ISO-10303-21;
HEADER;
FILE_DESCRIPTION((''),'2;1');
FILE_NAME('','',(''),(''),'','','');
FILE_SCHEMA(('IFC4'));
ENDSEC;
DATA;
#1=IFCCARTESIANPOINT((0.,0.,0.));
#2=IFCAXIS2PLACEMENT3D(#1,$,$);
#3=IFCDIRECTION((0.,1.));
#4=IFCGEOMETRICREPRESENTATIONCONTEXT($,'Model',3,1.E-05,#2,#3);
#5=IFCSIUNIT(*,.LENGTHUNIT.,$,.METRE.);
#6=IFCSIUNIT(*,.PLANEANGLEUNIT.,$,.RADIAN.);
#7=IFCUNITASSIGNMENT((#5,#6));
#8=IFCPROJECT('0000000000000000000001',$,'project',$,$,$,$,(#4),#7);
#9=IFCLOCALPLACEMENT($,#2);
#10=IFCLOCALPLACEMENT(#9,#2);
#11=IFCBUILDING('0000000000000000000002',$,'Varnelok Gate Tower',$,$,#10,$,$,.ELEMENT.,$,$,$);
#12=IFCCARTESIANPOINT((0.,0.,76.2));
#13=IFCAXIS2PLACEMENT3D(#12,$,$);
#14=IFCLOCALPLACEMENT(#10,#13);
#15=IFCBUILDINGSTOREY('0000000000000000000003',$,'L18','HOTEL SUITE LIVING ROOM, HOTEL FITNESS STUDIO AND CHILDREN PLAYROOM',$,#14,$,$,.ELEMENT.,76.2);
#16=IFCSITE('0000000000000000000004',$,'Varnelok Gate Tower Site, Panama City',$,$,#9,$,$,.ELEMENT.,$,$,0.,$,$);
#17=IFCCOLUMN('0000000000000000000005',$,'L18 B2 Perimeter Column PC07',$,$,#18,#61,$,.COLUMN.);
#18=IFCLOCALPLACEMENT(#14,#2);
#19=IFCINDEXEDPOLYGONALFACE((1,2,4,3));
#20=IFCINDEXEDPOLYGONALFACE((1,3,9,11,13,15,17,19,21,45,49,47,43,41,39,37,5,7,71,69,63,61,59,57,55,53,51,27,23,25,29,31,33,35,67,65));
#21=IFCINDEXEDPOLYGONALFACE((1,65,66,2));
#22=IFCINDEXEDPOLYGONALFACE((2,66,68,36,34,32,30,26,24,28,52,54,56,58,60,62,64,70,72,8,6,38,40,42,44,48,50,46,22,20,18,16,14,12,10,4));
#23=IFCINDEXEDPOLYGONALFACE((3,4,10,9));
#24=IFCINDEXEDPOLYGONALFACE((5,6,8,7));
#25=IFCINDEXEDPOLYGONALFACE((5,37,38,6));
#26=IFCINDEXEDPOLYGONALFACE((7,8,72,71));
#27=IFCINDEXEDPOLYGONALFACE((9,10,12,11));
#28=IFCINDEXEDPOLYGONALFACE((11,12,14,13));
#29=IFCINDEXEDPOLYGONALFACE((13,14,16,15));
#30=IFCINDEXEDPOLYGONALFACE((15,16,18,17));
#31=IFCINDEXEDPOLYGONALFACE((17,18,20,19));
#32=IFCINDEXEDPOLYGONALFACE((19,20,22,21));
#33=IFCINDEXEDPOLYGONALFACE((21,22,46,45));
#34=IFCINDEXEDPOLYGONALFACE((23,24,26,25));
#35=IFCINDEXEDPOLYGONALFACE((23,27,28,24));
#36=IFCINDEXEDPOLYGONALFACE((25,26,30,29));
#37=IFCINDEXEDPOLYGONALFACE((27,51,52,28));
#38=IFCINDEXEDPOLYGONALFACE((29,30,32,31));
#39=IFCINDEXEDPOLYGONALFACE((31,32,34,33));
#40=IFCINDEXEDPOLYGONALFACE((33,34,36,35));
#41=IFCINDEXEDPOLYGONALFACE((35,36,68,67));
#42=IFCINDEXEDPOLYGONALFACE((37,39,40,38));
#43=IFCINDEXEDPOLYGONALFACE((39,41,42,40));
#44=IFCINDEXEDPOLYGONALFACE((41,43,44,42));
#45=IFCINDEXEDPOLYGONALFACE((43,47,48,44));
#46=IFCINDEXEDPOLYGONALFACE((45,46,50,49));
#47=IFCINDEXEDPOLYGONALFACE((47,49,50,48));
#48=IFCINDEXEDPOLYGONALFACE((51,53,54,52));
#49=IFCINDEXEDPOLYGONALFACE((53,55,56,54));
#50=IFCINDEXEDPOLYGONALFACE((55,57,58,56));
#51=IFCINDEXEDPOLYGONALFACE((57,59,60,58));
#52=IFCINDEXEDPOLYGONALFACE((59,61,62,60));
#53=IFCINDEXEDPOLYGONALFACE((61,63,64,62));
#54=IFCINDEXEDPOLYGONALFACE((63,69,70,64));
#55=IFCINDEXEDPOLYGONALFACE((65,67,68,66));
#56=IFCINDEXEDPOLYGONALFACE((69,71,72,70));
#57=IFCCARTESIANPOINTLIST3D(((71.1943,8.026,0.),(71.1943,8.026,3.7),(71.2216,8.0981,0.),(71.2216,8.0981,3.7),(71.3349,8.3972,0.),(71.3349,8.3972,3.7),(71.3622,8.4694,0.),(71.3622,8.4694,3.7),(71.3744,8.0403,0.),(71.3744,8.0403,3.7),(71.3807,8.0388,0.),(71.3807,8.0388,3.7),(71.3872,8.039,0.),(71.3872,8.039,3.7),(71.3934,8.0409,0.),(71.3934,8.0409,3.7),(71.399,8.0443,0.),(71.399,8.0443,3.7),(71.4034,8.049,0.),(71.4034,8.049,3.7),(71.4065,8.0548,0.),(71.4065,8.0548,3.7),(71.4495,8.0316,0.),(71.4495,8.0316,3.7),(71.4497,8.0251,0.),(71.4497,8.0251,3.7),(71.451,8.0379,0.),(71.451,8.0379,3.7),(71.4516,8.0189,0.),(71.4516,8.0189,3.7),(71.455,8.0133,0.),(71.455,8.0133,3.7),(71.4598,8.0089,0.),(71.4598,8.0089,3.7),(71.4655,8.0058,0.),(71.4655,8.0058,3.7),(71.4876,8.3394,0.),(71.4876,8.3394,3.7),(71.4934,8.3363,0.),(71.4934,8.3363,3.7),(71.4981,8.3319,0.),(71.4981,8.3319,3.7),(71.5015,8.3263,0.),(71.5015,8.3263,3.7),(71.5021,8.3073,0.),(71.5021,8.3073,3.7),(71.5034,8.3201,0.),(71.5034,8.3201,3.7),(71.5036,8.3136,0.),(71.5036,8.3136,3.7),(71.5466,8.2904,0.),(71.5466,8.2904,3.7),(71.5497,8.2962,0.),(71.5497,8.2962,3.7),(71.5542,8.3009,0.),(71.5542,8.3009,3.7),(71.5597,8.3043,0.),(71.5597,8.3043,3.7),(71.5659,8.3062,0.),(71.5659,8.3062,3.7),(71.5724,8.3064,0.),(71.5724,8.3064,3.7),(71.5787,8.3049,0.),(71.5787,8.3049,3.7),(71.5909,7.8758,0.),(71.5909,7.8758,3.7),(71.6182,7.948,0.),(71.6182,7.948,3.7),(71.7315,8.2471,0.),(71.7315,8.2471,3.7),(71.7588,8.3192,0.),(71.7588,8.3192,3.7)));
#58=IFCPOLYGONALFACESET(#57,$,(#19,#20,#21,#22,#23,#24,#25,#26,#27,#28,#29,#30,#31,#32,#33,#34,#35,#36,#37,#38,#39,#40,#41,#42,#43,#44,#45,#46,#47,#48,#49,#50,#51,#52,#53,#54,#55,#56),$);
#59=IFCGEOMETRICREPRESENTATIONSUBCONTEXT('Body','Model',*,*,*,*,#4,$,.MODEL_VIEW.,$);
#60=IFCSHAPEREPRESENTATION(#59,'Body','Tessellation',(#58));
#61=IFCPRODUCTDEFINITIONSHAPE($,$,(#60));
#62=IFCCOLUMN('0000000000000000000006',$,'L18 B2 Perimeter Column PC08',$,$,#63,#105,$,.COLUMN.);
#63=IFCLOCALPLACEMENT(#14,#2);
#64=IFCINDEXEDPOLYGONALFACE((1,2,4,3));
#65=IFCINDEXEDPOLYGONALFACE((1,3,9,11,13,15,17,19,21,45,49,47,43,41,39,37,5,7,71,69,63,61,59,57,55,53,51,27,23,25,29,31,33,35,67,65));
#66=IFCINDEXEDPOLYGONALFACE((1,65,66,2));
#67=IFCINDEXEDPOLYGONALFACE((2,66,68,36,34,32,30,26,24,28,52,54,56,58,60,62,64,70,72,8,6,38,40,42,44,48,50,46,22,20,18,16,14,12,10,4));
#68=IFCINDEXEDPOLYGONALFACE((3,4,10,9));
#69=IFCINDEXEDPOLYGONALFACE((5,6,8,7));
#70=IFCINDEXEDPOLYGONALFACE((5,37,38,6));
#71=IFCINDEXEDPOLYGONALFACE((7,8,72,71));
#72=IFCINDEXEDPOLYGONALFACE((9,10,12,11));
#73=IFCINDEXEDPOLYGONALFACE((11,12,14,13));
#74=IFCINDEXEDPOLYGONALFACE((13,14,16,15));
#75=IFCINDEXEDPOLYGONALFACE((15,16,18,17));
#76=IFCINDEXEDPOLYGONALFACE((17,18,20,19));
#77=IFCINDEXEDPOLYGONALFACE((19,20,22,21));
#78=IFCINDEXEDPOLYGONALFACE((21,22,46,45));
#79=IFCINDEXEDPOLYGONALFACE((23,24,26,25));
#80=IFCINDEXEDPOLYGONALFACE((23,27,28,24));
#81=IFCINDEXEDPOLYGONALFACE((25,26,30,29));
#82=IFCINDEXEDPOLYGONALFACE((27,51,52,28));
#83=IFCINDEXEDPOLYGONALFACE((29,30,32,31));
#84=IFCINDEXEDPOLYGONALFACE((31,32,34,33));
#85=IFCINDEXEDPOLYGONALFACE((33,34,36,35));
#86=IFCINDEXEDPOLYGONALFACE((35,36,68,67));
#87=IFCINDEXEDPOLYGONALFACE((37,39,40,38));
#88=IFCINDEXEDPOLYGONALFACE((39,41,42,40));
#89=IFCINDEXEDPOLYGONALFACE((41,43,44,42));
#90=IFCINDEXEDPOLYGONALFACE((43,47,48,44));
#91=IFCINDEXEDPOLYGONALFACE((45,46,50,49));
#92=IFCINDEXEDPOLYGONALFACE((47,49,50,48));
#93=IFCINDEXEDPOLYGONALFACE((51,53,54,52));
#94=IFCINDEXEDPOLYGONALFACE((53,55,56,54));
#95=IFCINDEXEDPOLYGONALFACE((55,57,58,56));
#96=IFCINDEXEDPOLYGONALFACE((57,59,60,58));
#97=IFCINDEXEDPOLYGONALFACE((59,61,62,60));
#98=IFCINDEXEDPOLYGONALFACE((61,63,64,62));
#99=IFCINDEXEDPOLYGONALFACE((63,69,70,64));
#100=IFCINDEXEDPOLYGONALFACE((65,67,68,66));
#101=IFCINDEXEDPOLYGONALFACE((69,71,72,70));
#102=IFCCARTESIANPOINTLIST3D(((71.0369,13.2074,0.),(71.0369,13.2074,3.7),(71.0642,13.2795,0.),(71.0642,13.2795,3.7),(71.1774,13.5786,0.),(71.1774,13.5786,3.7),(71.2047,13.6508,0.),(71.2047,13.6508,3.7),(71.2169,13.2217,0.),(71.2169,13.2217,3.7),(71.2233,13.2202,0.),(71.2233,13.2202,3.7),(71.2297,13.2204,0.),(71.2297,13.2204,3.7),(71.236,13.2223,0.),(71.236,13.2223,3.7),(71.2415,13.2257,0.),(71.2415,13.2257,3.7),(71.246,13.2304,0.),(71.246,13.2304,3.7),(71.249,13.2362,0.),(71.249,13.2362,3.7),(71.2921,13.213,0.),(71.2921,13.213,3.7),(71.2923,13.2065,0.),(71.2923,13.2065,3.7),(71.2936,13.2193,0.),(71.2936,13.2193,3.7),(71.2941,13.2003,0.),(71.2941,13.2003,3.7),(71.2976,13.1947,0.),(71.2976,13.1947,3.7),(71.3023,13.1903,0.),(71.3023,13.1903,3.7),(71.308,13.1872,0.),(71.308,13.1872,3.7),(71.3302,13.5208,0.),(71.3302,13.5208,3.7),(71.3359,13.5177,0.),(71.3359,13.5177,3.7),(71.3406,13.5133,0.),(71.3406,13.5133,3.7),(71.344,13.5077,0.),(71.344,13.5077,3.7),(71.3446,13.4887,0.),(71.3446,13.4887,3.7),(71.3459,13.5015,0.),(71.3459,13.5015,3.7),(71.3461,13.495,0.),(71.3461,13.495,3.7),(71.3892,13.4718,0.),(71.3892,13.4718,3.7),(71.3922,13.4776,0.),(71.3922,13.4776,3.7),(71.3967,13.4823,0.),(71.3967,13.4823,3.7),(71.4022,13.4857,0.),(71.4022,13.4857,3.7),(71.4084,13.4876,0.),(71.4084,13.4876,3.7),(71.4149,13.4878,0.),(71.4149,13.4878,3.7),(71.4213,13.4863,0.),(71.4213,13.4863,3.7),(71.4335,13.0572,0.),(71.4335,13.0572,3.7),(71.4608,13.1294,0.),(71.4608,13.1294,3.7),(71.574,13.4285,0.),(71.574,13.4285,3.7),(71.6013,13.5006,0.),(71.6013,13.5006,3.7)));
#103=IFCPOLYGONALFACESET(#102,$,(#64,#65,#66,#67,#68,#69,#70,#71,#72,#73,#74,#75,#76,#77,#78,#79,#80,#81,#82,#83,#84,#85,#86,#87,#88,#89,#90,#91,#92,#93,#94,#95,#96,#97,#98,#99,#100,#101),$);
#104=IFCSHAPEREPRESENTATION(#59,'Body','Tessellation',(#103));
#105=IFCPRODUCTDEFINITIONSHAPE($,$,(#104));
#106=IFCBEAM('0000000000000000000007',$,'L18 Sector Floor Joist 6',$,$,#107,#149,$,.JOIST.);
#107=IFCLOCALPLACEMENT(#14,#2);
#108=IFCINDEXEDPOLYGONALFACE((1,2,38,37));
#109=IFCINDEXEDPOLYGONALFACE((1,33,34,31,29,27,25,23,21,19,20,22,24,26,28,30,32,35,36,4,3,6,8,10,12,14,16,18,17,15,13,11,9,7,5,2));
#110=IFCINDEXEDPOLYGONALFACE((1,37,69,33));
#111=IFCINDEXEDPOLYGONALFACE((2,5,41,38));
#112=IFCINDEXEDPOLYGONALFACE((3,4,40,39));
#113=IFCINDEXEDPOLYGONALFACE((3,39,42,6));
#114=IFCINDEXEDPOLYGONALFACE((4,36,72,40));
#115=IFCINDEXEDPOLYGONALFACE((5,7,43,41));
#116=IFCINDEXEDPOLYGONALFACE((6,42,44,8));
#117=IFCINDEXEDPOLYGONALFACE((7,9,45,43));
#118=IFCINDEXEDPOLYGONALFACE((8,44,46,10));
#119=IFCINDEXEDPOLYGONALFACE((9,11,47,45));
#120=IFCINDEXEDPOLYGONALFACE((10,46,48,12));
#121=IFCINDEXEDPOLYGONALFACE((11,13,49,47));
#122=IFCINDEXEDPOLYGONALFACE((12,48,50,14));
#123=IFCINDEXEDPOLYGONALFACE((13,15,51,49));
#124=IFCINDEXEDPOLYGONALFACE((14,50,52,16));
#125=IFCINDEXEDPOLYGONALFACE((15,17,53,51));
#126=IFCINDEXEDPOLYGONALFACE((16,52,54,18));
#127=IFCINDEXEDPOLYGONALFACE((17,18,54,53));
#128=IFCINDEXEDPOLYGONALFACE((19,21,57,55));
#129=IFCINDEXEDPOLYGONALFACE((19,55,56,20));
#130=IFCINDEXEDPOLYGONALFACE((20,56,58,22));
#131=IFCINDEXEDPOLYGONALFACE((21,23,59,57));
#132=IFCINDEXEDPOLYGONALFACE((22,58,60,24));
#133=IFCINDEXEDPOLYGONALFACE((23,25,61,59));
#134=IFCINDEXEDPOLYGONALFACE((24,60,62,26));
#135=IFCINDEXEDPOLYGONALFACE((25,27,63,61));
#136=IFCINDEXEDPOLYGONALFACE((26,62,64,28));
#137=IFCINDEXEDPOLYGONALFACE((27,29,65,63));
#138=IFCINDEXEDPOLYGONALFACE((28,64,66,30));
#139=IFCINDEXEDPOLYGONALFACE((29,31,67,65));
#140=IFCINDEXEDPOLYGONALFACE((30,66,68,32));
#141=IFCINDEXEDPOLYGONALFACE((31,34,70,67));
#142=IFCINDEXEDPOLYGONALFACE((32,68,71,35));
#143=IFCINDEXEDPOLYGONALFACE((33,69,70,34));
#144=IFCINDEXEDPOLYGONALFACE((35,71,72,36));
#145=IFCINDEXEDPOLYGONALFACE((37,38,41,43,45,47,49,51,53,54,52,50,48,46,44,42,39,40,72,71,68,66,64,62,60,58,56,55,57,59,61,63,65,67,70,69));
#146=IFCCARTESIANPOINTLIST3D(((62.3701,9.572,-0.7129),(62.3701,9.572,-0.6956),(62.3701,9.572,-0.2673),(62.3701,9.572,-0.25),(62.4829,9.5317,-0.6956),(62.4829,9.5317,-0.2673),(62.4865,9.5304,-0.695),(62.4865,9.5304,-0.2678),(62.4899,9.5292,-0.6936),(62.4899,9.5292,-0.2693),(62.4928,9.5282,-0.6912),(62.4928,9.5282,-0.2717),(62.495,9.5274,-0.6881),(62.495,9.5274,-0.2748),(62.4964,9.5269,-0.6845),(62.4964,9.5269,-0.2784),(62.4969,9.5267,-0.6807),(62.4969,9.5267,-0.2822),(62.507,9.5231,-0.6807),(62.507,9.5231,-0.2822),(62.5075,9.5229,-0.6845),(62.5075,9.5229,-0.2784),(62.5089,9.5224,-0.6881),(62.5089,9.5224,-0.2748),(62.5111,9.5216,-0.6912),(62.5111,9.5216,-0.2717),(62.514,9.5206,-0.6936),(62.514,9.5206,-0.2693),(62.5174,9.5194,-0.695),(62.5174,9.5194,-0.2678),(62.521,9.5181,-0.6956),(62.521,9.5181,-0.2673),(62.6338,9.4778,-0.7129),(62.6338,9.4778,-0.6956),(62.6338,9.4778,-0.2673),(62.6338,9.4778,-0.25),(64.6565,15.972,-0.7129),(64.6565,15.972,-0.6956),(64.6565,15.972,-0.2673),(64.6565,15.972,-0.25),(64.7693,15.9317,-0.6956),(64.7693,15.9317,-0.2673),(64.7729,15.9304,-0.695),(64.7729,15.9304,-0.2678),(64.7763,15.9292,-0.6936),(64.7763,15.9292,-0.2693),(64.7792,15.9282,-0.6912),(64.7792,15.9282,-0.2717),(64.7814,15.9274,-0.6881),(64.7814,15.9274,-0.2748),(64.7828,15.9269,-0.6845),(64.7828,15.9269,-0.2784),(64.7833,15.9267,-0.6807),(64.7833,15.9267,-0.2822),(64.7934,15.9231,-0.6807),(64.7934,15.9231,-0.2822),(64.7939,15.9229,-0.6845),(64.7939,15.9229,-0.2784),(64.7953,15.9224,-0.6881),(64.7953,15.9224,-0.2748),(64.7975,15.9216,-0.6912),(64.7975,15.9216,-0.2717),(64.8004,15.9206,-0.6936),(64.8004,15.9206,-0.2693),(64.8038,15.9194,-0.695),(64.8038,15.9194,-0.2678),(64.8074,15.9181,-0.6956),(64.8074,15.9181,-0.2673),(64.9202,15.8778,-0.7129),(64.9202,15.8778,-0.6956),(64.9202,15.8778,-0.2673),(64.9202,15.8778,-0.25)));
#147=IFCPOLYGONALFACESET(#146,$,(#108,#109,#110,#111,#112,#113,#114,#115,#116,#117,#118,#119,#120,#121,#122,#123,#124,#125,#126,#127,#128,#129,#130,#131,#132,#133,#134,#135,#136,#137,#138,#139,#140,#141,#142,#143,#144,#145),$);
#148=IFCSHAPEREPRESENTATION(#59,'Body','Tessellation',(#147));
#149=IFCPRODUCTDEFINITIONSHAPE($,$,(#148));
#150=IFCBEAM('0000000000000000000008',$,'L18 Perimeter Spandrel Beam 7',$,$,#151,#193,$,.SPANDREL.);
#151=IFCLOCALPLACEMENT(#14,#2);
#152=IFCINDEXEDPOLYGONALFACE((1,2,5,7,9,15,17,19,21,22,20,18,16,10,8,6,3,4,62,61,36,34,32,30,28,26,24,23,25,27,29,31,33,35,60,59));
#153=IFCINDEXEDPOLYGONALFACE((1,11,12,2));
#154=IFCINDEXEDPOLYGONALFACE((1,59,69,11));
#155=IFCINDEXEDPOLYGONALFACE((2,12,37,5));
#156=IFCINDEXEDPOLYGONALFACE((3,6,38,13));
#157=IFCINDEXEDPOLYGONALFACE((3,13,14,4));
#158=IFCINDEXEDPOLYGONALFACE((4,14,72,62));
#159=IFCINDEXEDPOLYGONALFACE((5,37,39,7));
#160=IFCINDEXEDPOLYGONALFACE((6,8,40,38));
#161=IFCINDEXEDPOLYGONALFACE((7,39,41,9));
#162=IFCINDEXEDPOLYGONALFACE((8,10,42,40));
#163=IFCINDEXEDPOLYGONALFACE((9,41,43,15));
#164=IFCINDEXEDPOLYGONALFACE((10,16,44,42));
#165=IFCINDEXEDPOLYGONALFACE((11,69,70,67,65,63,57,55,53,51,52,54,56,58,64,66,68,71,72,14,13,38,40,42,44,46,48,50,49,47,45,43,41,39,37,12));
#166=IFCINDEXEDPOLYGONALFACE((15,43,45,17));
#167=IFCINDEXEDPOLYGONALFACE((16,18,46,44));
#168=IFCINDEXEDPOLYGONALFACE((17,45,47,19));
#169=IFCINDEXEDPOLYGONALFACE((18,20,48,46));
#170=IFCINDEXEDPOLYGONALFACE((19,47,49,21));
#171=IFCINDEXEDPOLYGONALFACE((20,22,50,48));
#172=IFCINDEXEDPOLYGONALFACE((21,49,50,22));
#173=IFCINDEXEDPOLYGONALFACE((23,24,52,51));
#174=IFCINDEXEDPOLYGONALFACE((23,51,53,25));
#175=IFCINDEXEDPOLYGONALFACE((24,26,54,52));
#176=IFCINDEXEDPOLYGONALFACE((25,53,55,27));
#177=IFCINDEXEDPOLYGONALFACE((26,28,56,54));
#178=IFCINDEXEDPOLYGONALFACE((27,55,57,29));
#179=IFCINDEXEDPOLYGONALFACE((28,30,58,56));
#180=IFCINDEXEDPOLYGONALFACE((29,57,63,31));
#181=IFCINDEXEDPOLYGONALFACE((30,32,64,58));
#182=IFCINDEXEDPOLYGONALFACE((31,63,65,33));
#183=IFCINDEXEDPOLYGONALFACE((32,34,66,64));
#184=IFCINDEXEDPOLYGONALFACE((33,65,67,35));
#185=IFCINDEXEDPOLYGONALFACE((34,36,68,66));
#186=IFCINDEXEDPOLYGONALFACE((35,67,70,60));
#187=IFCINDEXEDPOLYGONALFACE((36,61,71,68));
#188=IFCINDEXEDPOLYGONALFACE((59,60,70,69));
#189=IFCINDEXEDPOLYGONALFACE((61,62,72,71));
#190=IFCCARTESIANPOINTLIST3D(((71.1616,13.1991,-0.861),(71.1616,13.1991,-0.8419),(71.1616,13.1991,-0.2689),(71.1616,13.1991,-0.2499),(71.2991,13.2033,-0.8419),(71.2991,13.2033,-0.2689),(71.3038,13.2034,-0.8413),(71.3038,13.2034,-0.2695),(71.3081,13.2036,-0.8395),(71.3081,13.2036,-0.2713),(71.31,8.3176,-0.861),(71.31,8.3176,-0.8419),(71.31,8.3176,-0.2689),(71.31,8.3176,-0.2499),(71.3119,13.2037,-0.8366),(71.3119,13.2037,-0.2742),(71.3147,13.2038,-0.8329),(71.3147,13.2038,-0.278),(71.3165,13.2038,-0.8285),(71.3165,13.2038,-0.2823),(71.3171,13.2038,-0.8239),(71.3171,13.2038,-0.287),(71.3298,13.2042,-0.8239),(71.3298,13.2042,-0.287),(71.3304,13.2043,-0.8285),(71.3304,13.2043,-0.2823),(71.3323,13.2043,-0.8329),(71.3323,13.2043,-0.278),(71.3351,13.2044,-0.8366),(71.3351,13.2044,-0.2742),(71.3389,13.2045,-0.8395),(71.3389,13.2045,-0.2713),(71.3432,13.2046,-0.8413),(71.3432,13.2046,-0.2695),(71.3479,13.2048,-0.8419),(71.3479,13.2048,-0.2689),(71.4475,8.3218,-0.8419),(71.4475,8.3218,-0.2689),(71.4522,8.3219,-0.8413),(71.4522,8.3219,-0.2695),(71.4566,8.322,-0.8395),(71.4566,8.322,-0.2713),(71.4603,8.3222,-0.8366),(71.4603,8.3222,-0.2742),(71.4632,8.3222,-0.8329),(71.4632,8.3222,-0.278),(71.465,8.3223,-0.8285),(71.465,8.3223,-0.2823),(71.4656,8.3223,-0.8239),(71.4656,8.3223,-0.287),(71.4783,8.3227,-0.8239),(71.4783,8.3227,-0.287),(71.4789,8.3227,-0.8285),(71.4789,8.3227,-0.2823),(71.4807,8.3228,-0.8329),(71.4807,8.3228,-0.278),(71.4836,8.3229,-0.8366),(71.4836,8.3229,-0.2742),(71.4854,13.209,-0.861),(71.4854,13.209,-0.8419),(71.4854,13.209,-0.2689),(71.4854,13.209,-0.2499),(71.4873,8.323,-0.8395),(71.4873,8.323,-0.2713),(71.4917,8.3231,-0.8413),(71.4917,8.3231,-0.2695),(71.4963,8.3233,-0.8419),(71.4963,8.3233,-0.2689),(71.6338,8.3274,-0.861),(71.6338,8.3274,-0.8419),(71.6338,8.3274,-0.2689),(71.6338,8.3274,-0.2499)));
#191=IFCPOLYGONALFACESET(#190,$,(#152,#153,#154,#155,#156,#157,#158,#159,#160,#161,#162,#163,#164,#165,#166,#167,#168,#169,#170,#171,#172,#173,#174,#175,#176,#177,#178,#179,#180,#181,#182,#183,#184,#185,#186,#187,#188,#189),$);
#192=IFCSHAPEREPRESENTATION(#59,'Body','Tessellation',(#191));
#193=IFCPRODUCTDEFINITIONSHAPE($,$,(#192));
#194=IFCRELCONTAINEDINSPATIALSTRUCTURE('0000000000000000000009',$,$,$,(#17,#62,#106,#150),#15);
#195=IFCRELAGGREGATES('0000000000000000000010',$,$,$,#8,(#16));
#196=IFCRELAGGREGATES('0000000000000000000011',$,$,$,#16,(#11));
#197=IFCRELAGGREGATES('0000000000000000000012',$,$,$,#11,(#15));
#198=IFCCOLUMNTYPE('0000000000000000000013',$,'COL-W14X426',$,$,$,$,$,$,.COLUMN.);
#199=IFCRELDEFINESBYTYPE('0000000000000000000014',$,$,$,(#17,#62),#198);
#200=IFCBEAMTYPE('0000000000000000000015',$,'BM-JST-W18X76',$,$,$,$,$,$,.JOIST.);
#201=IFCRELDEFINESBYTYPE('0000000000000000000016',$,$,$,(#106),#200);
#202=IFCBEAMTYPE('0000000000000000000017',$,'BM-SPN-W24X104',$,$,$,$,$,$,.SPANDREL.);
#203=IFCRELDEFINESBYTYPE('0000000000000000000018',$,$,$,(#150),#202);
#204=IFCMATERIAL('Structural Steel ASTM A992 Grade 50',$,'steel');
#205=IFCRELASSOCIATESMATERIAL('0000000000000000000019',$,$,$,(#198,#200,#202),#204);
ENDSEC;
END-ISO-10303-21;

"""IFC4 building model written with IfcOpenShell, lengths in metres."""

from ifc_helpers import new_model, si_unit, direction, frame, origin, origin_2d, place, context, subcontext, project, spatial, i_section, extrude, material, material_profile, profile_set, type_object, element, save


model = new_model("IFC4")

# Units and contexts
model_context = context("Model", 3, precision=1e-05, world=origin(), true_north=direction((0.0, 1.0)))
body_context = subcontext(model_context, "Body", "Model", "MODEL_VIEW")
ifc_project = project(units=[si_unit("LENGTHUNIT", "METRE"), si_unit("PLANEANGLEUNIT", "RADIAN")], contexts=[model_context])

# Site, building, storey
site_placement = place(None, origin())
site = spatial("IfcSite", under=ifc_project, at=site_placement, Name="Varnelok Gate Tower Site, Panama City", CompositionType="ELEMENT", RefElevation=0.0)
building_placement = place(site_placement, origin())
building = spatial("IfcBuilding", under=site, at=building_placement, Name="Varnelok Gate Tower", CompositionType="ELEMENT")
storey_placement = place(building_placement, frame((0.0, 0.0, 76.2)))
storey = spatial("IfcBuildingStorey", under=building, at=storey_placement, Name="L18", Description="HOTEL SUITE LIVING ROOM, HOTEL FITNESS STUDIO AND CHILDREN PLAYROOM", CompositionType="ELEMENT", Elevation=76.2)

# Columns
ifc_material_1 = material(Name="Structural Steel ASTM A992 Grade 50", Category="steel")
ifc_material_profile_1 = material_profile(ifc_material_1, i_section(OverallWidth=0.4241, OverallDepth=0.4741, WebThickness=0.0476, FlangeThickness=0.0771, FilletRadius=0.0249, at=origin_2d()), Name="W14X426")
ifc_profile_set_1 = profile_set([ifc_material_profile_1], Name="Structural Steel ASTM A992 Grade 50")
column_type = type_object("IfcColumnType", Name="COL-W14X426", PredefinedType="COLUMN", material=ifc_profile_set_1)
for number, where, z_axis, x_axis, name in (
    (1, (71.4766, 8.1726, 0.0), (0.0, 0.0, 1.0), (0.935222, -0.354063, 0.0), "L18 B2 Perimeter Column PC07"),
    (2, (71.3191, 13.354, 0.0), (0.0, 0.0, 1.0), (0.935222, -0.354063, 0.0), "L18 B2 Perimeter Column PC08"),
):
    element("IfcColumn", number, at=place(storey_placement, frame(where, z_axis=z_axis, x_axis=x_axis)), inside=storey, type_object=column_type, Name=name, PredefinedType="COLUMN", context=body_context, shape_type="SweptSolid", body=[
        extrude(i_section(OverallWidth=0.4241, OverallDepth=0.4741, WebThickness=0.0476, FlangeThickness=0.0771, FilletRadius=0.0249, at=origin_2d()), origin(), (0.0, 0.0, 1.0), 3.7),
    ])

# Beams
ifc_material_profile_2 = material_profile(ifc_material_1, i_section(OverallWidth=0.28, OverallDepth=0.4629, WebThickness=0.0107, FlangeThickness=0.0173, FilletRadius=0.0149, at=origin_2d()), Name="W18X76")
ifc_profile_set_2 = profile_set([ifc_material_profile_2], Name="Structural Steel ASTM A992 Grade 50")
beam_type_1 = type_object("IfcBeamType", Name="BM-JST-W18X76", PredefinedType="JOIST", material=ifc_profile_set_2)
beam_1_placement = place(storey_placement, frame((62.502, 9.5249, -0.4814), z_axis=(0.336427, 0.941709, 0.0), x_axis=(-0.941709, 0.336427, 0.0)))
element("IfcBeam", 3, at=beam_1_placement, inside=storey, type_object=beam_type_1, Name="L18 Sector Floor Joist 6", PredefinedType="JOIST", context=body_context, shape_type="SweptSolid", body=[
    extrude(i_section(OverallWidth=0.28, OverallDepth=0.4629, WebThickness=0.0107, FlangeThickness=0.0173, FilletRadius=0.0149, at=origin_2d()), origin(), (0.0, 0.0, 1.0), 6.7961),
])
ifc_material_profile_3 = material_profile(ifc_material_1, i_section(OverallWidth=0.324, OverallDepth=0.6111, WebThickness=0.0127, FlangeThickness=0.019, FilletRadius=0.0181, at=origin_2d()), Name="W24X104")
ifc_profile_set_3 = profile_set([ifc_material_profile_3], Name="Structural Steel ASTM A992 Grade 50")
beam_type_2 = type_object("IfcBeamType", Name="BM-SPN-W24X104", PredefinedType="SPANDREL", material=ifc_profile_set_3)
beam_2_placement = place(storey_placement, frame((71.4719, 8.3225, -0.5554), z_axis=(-0.030394, 0.999538, 0.0), x_axis=(-0.999538, -0.030394, 0.0)))
element("IfcBeam", 4, at=beam_2_placement, inside=storey, type_object=beam_type_2, Name="L18 Perimeter Spandrel Beam 7", PredefinedType="SPANDREL", context=body_context, shape_type="SweptSolid", body=[
    extrude(i_section(OverallWidth=0.324, OverallDepth=0.6111, WebThickness=0.0127, FlangeThickness=0.019, FilletRadius=0.0181, at=origin_2d()), origin(), (0.0, 0.0, 1.0), 4.8838),
])

save(model, "model.ifc")
